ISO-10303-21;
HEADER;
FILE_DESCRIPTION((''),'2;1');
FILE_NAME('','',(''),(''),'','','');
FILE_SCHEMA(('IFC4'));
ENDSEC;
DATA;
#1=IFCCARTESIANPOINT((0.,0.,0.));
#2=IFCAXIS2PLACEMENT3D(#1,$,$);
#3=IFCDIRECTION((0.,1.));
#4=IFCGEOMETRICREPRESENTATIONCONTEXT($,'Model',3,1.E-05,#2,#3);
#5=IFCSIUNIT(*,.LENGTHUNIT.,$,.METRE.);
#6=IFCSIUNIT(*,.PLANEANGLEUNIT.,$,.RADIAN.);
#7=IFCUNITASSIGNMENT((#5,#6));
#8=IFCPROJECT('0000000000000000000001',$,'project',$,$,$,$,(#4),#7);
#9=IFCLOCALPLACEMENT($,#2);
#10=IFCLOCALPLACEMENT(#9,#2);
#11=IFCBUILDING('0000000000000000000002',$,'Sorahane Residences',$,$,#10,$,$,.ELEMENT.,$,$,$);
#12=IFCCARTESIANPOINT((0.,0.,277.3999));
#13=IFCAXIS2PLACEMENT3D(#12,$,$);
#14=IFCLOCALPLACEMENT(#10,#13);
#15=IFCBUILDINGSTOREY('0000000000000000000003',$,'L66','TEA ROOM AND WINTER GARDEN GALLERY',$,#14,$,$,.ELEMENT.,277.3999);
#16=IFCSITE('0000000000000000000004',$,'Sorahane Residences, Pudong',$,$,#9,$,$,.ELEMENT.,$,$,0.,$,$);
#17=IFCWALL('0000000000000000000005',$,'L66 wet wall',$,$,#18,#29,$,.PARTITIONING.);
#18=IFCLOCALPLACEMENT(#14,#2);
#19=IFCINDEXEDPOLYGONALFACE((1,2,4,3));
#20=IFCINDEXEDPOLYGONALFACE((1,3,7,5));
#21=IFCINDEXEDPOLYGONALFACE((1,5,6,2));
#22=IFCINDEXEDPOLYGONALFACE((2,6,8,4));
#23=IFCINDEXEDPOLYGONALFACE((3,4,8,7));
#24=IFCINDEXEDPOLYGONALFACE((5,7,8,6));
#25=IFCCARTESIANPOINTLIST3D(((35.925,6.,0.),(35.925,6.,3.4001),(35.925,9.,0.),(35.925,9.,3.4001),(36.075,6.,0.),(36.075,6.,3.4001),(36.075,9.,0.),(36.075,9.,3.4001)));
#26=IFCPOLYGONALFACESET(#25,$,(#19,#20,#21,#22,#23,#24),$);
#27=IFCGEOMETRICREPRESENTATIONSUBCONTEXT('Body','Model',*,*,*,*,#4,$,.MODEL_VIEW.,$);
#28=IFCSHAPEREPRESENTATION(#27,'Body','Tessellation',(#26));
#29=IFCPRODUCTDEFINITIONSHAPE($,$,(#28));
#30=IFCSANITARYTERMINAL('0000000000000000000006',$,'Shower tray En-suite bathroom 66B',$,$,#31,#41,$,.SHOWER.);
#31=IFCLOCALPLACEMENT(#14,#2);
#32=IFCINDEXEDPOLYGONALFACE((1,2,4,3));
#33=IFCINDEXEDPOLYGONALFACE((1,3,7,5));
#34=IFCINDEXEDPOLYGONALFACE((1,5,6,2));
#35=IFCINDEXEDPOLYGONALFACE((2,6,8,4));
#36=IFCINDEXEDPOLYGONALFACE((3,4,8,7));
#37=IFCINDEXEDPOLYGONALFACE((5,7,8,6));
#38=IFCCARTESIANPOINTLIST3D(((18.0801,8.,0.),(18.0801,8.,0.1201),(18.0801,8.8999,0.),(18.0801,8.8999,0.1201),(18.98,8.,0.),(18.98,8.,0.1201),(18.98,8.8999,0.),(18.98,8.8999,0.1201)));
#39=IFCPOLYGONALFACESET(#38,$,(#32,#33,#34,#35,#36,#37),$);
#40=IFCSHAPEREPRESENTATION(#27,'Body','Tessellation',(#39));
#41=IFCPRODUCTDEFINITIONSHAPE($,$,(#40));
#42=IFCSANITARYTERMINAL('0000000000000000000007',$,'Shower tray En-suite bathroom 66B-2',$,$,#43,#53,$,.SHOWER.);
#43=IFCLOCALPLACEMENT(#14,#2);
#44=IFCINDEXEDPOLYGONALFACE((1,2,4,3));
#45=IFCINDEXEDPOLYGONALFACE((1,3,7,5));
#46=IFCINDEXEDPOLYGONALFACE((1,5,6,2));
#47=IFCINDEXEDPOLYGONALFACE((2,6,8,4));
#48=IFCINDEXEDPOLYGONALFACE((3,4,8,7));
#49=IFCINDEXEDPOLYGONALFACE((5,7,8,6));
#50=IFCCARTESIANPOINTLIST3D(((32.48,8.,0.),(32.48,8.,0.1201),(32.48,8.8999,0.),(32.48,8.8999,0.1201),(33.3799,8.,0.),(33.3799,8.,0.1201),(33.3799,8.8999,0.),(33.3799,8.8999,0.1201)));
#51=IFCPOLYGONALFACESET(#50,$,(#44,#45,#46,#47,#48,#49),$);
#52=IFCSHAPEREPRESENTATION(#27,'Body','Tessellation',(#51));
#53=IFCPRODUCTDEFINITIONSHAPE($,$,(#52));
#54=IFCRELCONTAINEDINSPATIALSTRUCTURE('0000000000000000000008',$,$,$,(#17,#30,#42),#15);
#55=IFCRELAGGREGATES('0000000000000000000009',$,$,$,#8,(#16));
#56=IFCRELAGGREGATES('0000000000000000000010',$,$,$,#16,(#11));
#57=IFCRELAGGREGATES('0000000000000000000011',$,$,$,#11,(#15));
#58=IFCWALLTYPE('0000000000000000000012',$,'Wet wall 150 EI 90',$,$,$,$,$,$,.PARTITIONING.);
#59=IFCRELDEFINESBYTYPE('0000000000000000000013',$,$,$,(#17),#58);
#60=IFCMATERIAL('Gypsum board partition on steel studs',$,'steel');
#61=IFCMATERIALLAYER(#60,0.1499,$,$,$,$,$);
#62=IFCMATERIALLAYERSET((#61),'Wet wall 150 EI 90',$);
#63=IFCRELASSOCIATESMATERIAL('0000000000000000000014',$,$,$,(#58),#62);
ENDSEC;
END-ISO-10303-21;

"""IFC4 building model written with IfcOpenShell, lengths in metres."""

from ifc_helpers import new_model, si_unit, direction, frame, frame_2d, origin, origin_2d, place, context, subcontext, project, spatial, rectangle, extrude, material, layer, layer_set, type_object, element, save


model = new_model("IFC4")

# Units and contexts
model_context = context("Model", 3, precision=1e-05, world=origin(), true_north=direction((0.0, 1.0)))
body_context = subcontext(model_context, "Body", "Model", "MODEL_VIEW")
ifc_project = project(units=[si_unit("LENGTHUNIT", "METRE"), si_unit("PLANEANGLEUNIT", "RADIAN")], contexts=[model_context])

# Site, building, storey
site_placement = place(None, origin())
site = spatial("IfcSite", under=ifc_project, at=site_placement, Name="Sorahane Residences, Pudong", CompositionType="ELEMENT", RefElevation=0.0)
building_placement = place(site_placement, origin())
building = spatial("IfcBuilding", under=site, at=building_placement, Name="Sorahane Residences", CompositionType="ELEMENT")
storey_placement = place(building_placement, frame((0.0, 0.0, 277.3999)))
storey = spatial("IfcBuildingStorey", under=building, at=storey_placement, Name="L66", Description="TEA ROOM AND WINTER GARDEN GALLERY", CompositionType="ELEMENT", Elevation=277.3999)

# Wall
ifc_material_1 = material(Name="Gypsum board partition on steel studs", Category="steel")
ifc_layer_1 = layer(ifc_material_1, 0.1499)
ifc_layer_set_1 = layer_set([ifc_layer_1], Name="Wet wall 150 EI 90")
wall_type_1 = type_object("IfcWallType", Name="Wet wall 150 EI 90", PredefinedType="PARTITIONING", material=ifc_layer_set_1)
wall_1_placement = place(storey_placement, frame((36.0, 6.0, 0.0), z_axis=(0.0, 0.0, 1.0), x_axis=(0.0, 1.0, 0.0)))
element("IfcWall", 1, at=wall_1_placement, inside=storey, type_object=wall_type_1, Name="L66 wet wall", PredefinedType="PARTITIONING", context=body_context, shape_type="SweptSolid", body=[
    extrude(rectangle(XDim=3.0, YDim=0.1499, at=frame_2d((1.5, 0.0))), origin(), (0.0, 0.0, 1.0), 3.4001),
])

# Sanitary terminals
for number, where, z_axis, x_axis, name in (
    (2, (18.53, 8.45, 0.0), (0.0, 0.0, 1.0), (1.0, 0.0, 0.0), "Shower tray En-suite bathroom 66B"),
    (3, (32.9299, 8.45, 0.0), (0.0, 0.0, 1.0), (1.0, 0.0, 0.0), "Shower tray En-suite bathroom 66B-2"),
):
    element("IfcSanitaryTerminal", number, at=place(storey_placement, frame(where, z_axis=z_axis, x_axis=x_axis)), inside=storey, Name=name, PredefinedType="SHOWER", context=body_context, shape_type="SweptSolid", body=[
        extrude(rectangle(XDim=0.8999, YDim=0.8999, at=origin_2d()), origin(), (0.0, 0.0, 1.0), 0.1201),
    ])

save(model, "model.ifc")
